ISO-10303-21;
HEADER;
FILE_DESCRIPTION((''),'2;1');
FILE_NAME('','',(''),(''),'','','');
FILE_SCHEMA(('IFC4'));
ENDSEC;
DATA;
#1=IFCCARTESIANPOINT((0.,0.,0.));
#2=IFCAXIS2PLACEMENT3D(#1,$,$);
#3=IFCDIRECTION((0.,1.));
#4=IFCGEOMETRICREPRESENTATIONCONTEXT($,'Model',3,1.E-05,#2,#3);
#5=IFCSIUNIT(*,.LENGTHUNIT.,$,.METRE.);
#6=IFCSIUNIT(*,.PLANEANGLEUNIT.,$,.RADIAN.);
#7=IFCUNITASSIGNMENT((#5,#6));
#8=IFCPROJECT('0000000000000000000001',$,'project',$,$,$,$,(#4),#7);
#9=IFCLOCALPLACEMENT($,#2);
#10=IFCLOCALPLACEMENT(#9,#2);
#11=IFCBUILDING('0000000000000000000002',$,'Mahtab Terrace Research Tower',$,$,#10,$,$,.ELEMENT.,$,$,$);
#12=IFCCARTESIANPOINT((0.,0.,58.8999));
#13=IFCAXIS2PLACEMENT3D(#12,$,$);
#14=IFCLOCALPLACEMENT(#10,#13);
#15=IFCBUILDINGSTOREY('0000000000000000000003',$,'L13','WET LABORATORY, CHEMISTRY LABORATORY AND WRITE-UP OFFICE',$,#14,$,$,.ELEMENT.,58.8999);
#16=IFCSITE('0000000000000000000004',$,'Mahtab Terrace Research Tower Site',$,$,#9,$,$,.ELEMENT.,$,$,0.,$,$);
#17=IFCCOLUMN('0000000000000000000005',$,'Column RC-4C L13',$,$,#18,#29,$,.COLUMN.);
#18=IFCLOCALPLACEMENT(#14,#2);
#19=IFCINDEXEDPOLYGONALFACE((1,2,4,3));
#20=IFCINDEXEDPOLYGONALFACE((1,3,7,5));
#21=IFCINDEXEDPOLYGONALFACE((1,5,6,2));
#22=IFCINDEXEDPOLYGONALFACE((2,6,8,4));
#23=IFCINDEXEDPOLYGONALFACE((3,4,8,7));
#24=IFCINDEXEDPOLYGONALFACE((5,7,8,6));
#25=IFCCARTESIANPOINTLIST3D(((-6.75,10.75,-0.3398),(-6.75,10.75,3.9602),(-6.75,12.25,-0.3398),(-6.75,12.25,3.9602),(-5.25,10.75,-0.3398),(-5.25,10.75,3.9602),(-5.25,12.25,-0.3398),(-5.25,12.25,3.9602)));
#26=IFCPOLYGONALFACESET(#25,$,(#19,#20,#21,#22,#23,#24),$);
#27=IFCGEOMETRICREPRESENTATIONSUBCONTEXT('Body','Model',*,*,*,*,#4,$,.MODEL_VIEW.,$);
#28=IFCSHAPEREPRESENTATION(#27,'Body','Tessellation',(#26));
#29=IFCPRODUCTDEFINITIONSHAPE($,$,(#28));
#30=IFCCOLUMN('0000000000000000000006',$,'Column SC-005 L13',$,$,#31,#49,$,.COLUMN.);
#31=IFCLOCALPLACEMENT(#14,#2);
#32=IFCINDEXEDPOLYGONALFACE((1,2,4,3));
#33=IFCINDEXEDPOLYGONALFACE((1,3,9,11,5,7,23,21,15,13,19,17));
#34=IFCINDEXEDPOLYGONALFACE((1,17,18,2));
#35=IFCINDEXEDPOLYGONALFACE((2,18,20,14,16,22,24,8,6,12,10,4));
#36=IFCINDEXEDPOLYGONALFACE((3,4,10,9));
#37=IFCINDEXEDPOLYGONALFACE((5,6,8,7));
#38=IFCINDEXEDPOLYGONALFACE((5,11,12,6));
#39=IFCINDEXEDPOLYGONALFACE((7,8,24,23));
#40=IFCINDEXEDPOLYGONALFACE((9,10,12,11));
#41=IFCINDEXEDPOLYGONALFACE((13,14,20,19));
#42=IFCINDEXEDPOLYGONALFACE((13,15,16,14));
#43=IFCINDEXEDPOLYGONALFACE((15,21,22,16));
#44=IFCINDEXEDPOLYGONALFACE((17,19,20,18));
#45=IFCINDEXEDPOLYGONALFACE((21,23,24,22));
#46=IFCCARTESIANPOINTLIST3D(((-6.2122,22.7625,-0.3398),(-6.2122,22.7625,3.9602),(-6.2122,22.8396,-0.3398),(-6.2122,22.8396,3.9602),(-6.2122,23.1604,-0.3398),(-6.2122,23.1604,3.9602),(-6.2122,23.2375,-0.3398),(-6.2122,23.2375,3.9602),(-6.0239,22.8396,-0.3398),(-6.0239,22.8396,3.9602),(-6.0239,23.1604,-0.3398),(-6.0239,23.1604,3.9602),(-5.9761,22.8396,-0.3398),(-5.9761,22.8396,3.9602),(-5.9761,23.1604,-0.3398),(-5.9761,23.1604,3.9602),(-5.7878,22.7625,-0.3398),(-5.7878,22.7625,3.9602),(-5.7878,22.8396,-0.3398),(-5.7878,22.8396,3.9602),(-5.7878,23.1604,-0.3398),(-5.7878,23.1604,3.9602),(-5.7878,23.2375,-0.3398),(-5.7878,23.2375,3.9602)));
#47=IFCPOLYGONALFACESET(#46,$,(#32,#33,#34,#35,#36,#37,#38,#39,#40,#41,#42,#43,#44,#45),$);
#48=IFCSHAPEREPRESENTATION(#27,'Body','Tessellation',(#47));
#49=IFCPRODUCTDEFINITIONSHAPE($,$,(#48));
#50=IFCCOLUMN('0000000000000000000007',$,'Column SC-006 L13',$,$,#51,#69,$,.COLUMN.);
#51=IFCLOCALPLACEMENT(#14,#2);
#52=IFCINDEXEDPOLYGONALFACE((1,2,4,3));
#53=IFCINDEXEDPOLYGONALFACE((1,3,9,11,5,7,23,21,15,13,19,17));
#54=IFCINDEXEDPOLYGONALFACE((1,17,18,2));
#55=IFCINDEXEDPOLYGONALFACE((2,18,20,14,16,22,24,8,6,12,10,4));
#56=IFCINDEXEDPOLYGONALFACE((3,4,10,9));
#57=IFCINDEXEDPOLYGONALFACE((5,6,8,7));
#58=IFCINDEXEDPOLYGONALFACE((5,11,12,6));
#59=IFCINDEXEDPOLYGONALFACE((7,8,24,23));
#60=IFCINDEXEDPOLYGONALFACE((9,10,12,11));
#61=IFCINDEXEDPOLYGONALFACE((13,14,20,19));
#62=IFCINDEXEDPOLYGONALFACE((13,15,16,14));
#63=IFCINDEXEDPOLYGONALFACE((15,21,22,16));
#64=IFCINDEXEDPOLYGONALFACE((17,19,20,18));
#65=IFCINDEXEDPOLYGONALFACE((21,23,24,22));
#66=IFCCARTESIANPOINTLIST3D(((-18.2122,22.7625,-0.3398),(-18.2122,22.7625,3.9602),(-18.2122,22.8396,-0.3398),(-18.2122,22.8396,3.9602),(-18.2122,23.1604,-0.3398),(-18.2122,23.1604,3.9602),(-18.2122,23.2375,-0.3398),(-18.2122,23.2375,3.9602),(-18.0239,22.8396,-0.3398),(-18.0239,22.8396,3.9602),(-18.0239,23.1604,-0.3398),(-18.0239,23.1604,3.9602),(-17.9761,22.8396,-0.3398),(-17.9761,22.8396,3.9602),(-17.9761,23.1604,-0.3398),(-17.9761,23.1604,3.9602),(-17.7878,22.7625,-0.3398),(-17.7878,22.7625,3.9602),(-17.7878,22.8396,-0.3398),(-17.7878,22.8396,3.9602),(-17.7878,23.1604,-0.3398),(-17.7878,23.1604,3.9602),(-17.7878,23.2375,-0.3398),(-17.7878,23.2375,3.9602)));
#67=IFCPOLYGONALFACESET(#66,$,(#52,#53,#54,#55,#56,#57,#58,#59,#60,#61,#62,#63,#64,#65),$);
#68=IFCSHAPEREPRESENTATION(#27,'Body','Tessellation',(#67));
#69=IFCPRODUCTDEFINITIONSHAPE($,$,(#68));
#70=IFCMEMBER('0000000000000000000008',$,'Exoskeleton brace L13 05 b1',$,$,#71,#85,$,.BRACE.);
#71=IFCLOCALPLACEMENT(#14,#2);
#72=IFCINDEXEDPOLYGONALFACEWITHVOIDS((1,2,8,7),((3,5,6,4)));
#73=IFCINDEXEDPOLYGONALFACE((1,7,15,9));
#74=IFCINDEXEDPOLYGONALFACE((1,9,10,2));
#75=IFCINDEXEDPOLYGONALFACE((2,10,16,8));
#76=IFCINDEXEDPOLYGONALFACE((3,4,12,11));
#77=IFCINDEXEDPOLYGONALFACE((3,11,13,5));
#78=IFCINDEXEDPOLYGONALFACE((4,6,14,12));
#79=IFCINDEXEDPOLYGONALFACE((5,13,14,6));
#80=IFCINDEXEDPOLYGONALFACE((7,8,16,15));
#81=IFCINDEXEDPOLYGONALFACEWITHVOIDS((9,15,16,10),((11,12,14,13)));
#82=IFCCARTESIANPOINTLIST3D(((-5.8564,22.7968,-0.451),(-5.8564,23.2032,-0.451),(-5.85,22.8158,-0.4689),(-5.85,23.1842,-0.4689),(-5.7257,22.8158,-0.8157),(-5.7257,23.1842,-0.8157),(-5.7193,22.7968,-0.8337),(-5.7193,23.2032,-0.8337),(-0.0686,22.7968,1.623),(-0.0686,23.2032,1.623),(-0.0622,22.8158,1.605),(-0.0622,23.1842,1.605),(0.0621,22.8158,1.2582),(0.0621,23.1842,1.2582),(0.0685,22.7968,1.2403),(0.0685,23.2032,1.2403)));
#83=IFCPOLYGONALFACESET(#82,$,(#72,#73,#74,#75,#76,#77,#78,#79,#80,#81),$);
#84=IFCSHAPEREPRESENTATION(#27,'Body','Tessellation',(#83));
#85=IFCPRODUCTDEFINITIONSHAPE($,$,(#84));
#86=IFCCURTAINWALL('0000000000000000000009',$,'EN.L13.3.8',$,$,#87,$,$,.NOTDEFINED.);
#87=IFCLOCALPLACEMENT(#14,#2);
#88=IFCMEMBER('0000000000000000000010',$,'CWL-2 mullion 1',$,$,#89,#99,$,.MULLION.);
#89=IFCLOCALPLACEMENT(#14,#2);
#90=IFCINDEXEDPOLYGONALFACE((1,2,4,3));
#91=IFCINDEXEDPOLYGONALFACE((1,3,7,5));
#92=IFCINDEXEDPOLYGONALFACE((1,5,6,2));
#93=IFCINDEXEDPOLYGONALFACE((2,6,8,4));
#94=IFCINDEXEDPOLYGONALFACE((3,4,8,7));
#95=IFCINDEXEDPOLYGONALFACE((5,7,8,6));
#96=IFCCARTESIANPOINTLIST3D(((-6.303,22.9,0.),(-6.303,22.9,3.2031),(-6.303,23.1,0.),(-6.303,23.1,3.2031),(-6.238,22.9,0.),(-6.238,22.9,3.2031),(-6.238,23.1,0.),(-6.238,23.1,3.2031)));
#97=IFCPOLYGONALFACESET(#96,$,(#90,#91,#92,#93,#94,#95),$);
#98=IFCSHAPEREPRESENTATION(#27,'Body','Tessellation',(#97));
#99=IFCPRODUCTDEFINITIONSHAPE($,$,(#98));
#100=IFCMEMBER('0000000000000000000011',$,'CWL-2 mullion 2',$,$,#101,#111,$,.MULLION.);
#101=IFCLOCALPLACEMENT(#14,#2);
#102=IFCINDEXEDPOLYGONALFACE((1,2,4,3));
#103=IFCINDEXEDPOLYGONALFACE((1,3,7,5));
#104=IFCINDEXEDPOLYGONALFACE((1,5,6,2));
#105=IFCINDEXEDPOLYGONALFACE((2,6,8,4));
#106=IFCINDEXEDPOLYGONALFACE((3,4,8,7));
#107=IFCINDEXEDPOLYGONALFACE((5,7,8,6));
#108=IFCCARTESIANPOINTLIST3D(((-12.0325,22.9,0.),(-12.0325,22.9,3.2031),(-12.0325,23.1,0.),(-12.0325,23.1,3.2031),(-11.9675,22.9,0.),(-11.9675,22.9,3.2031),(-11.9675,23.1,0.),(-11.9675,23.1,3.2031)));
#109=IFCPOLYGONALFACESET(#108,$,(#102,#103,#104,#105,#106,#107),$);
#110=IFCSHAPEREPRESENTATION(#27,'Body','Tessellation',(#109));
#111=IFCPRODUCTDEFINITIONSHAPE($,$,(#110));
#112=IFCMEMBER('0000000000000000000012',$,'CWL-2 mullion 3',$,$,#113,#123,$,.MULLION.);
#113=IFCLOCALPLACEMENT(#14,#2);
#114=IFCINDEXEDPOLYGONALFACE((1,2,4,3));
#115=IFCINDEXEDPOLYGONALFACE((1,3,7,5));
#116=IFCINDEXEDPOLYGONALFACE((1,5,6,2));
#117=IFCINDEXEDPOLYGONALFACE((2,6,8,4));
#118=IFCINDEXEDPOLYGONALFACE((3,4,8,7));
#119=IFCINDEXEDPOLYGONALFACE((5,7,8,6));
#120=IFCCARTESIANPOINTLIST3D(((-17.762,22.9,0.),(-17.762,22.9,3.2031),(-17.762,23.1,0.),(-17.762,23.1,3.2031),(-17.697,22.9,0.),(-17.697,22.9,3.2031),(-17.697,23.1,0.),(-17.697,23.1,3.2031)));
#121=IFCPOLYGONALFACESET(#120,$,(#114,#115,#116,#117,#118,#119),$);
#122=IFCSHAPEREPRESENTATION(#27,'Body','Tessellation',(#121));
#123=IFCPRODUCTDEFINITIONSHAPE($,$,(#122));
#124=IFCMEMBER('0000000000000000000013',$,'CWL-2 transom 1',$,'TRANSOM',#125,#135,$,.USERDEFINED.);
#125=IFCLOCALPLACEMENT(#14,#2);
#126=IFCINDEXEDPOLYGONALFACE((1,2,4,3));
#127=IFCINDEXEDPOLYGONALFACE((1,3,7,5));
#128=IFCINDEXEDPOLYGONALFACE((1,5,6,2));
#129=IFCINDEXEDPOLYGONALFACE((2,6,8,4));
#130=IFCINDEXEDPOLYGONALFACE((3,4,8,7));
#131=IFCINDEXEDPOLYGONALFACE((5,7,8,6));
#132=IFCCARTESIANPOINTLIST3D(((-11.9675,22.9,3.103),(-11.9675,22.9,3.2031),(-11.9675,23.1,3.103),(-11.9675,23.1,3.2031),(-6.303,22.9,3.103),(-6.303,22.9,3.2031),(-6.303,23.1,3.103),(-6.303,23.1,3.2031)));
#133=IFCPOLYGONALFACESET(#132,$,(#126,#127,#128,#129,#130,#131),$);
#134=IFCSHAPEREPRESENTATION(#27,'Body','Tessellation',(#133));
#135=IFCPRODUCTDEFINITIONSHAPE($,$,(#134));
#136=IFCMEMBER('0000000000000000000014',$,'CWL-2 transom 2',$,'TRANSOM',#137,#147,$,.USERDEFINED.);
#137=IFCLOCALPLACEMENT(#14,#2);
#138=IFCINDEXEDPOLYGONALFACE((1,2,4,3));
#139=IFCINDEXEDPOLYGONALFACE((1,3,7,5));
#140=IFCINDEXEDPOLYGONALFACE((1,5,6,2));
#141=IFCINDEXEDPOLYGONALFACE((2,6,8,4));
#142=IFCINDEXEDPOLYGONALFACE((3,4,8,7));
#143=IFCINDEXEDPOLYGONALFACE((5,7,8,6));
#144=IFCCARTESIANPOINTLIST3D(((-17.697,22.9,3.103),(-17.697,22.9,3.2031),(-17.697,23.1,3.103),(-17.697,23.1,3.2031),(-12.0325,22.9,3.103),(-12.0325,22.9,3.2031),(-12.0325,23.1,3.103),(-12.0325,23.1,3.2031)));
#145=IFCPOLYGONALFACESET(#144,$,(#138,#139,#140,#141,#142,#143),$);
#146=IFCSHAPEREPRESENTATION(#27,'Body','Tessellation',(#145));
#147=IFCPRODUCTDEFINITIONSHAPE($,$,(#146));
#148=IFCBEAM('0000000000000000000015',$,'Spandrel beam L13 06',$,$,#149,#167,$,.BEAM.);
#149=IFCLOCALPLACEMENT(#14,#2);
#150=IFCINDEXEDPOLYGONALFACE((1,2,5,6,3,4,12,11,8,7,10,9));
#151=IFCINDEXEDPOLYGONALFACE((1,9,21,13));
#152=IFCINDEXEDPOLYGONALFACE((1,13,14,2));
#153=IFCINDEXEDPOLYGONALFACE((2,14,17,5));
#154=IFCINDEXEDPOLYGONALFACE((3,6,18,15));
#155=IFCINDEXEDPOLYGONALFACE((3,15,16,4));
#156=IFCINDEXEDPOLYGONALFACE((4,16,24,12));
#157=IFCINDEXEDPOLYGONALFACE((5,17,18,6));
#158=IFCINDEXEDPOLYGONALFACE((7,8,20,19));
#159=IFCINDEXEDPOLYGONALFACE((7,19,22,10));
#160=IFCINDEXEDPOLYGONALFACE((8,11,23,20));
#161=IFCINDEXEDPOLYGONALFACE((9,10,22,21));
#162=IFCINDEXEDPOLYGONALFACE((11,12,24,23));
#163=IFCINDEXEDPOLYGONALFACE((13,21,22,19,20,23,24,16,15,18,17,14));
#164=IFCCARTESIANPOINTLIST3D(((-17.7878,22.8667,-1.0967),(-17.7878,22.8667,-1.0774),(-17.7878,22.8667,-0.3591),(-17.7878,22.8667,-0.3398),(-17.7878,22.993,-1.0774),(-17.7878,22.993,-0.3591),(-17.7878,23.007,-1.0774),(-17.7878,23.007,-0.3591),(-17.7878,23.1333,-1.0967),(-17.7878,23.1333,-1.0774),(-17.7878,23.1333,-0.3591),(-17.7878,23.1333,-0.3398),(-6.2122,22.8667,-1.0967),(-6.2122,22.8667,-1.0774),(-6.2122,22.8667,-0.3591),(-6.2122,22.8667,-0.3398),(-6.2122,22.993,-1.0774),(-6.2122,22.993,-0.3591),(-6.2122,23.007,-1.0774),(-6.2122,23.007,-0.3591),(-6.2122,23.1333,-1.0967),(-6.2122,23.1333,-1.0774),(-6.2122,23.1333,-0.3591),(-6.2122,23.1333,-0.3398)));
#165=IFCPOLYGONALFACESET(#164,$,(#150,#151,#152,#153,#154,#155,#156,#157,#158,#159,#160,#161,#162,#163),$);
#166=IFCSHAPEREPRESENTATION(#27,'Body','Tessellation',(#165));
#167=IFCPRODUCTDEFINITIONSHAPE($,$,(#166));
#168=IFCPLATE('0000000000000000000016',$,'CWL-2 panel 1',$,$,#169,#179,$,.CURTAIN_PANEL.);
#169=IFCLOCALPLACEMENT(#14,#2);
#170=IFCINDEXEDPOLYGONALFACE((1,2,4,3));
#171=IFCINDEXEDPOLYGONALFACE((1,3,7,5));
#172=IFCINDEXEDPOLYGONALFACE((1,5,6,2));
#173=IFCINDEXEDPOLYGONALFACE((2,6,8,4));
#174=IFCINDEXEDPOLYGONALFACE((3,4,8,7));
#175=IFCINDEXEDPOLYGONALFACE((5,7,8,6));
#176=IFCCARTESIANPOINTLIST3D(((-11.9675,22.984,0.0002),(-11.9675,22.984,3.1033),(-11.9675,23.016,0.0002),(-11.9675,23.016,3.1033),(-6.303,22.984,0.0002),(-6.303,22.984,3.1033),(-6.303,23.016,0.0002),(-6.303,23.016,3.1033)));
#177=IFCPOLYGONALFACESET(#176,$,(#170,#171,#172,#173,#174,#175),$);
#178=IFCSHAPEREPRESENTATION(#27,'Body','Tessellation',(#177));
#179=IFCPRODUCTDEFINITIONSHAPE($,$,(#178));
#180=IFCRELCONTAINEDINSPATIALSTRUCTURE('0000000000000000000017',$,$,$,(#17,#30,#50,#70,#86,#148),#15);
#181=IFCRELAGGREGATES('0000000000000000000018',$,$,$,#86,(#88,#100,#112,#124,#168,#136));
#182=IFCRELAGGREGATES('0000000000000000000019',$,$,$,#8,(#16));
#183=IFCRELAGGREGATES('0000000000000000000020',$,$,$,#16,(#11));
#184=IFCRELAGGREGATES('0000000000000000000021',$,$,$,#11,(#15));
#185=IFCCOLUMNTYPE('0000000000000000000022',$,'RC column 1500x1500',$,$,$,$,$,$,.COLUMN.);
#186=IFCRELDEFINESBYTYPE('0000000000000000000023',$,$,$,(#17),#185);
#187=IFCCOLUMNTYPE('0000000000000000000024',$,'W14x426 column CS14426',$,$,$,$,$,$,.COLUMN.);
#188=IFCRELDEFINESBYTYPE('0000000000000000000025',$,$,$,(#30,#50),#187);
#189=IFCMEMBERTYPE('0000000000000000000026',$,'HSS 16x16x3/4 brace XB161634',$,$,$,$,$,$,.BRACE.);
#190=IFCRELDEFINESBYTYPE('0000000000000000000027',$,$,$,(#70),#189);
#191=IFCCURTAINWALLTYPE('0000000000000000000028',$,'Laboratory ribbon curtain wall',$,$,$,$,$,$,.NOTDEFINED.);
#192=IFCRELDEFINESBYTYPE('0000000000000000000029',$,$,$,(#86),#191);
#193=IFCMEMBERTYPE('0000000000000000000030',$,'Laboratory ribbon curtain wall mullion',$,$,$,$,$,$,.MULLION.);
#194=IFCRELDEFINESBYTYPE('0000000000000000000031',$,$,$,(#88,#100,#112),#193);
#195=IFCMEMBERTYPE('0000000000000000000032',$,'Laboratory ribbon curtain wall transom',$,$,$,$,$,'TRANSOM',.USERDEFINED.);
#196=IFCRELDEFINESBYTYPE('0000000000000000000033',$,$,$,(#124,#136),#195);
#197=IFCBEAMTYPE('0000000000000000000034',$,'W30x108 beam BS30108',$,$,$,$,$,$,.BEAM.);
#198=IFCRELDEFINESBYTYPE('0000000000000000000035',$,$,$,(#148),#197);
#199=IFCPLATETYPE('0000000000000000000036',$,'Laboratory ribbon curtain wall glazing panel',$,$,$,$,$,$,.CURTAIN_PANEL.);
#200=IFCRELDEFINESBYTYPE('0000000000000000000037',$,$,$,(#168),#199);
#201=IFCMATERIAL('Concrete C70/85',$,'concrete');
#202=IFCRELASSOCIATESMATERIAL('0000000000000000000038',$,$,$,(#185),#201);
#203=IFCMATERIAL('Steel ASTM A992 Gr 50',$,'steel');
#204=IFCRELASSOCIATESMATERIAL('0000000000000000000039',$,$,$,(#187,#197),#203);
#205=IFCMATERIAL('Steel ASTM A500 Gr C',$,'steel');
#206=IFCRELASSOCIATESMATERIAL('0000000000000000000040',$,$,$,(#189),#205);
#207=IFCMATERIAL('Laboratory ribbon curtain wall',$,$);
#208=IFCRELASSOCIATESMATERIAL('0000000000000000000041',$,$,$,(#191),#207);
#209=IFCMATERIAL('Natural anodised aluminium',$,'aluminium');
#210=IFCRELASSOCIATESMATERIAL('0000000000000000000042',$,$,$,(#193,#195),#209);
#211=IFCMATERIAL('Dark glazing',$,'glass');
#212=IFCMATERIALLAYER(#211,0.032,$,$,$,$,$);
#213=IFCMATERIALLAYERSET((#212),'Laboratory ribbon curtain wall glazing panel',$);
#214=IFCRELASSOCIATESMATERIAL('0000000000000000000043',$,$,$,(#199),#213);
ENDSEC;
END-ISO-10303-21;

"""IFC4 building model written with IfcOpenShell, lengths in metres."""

from ifc_helpers import new_model, si_unit, direction, frame, origin, origin_2d, place, context, subcontext, project, spatial, rectangle, hollow_rectangle, i_section, extrude, material, layer, layer_set, material_profile, profile_set, type_object, element, aggregate, save


model = new_model("IFC4")

# Units and contexts
model_context = context("Model", 3, precision=1e-05, world=origin(), true_north=direction((0.0, 1.0)))
body_context = subcontext(model_context, "Body", "Model", "MODEL_VIEW")
ifc_project = project(units=[si_unit("LENGTHUNIT", "METRE"), si_unit("PLANEANGLEUNIT", "RADIAN")], contexts=[model_context])

# Site, building, storey
site_placement = place(None, origin())
site = spatial("IfcSite", under=ifc_project, at=site_placement, Name="Mahtab Terrace Research Tower Site", CompositionType="ELEMENT", RefElevation=0.0)
building_placement = place(site_placement, origin())
building = spatial("IfcBuilding", under=site, at=building_placement, Name="Mahtab Terrace Research Tower", CompositionType="ELEMENT")
storey_placement = place(building_placement, frame((0.0, 0.0, 58.8999)))
storey = spatial("IfcBuildingStorey", under=building, at=storey_placement, Name="L13", Description="WET LABORATORY, CHEMISTRY LABORATORY AND WRITE-UP OFFICE", CompositionType="ELEMENT", Elevation=58.8999)

# Columns
ifc_material_1 = material(Name="Concrete C70/85", Category="concrete")
ifc_material_profile_1 = material_profile(ifc_material_1, rectangle(XDim=1.5, YDim=1.5, at=origin_2d()), Name="RC column 1500x1500")
ifc_profile_set_1 = profile_set([ifc_material_profile_1], Name="Concrete C70/85")
column_type_1 = type_object("IfcColumnType", Name="RC column 1500x1500", PredefinedType="COLUMN", material=ifc_profile_set_1)
column_placement = place(storey_placement, frame((-6.0, 11.5, -0.3398), z_axis=(0.0, 0.0, 1.0), x_axis=(1.0, 0.0, 0.0)))
element("IfcColumn", 1, at=column_placement, inside=storey, type_object=column_type_1, Name="Column RC-4C L13", PredefinedType="COLUMN", context=body_context, shape_type="SweptSolid", body=[
    extrude(rectangle(XDim=1.5, YDim=1.5, at=origin_2d()), origin(), (0.0, 0.0, 1.0), 4.3),
])
ifc_material_2 = material(Name="Steel ASTM A992 Gr 50", Category="steel")
ifc_material_profile_2 = material_profile(ifc_material_2, i_section(OverallWidth=0.4243, OverallDepth=0.4751, WebThickness=0.0479, FlangeThickness=0.0771, at=origin_2d()), Name="W14X426")
ifc_profile_set_2 = profile_set([ifc_material_profile_2], Name="Steel ASTM A992 Gr 50")
column_type_2 = type_object("IfcColumnType", Name="W14x426 column CS14426", PredefinedType="COLUMN", material=ifc_profile_set_2)
for number, where, z_axis, x_axis, name in (
    (2, (-6.0, 23.0, -0.3398), (0.0, 0.0, 1.0), (1.0, 0.0, 0.0), "Column SC-005 L13"),
    (3, (-18.0, 23.0, -0.3398), (0.0, 0.0, 1.0), (1.0, 0.0, 0.0), "Column SC-006 L13"),
):
    element("IfcColumn", number, at=place(storey_placement, frame(where, z_axis=z_axis, x_axis=x_axis)), inside=storey, type_object=column_type_2, Name=name, PredefinedType="COLUMN", context=body_context, shape_type="SweptSolid", body=[
        extrude(i_section(OverallWidth=0.4243, OverallDepth=0.4751, WebThickness=0.0479, FlangeThickness=0.0771, at=origin_2d()), origin(), (0.0, 0.0, 1.0), 4.3),
    ])

# Member
ifc_material_3 = material(Name="Steel ASTM A500 Gr C", Category="steel")
ifc_material_profile_3 = material_profile(ifc_material_3, hollow_rectangle(XDim=0.4065, YDim=0.4065, WallThickness=0.019, at=origin_2d()), Name="HSS16X16X3/4")
ifc_profile_set_3 = profile_set([ifc_material_profile_3], Name="Steel ASTM A500 Gr C")
member_type_1 = type_object("IfcMemberType", Name="HSS 16x16x3/4 brace XB161634", PredefinedType="BRACE", material=ifc_profile_set_3)
member_1_placement = place(storey_placement, frame((-5.7878, 23.0, -0.6423), z_axis=(0.941387, 0.0, 0.33733), x_axis=(0.0, 1.0, 0.0)))
element("IfcMember", 4, at=member_1_placement, inside=storey, type_object=member_type_1, Name="Exoskeleton brace L13 05 b1", PredefinedType="BRACE", context=body_context, shape_type="SweptSolid", body=[
    extrude(hollow_rectangle(XDim=0.4065, YDim=0.4065, WallThickness=0.019, at=origin_2d()), origin(), (0.0, 0.0, 1.0), 6.1482),
])

# Curtain wall, members
ifc_material_4 = material(Name="Laboratory ribbon curtain wall")
curtain_wall_type = type_object("IfcCurtainWallType", Name="Laboratory ribbon curtain wall", PredefinedType="NOTDEFINED", material=ifc_material_4)
curtain_wall_placement = place(storey_placement, origin())
curtain_wall = element("IfcCurtainWall", 5, at=curtain_wall_placement, inside=storey, type_object=curtain_wall_type, Name="EN.L13.3.8", PredefinedType="NOTDEFINED")
ifc_material_5 = material(Name="Natural anodised aluminium", Category="aluminium")
ifc_material_profile_4 = material_profile(ifc_material_5, rectangle(XDim=0.2, YDim=0.0649, at=origin_2d()), Name="MULLION 65x200")
ifc_profile_set_4 = profile_set([ifc_material_profile_4], Name="Natural anodised aluminium")
member_type_2 = type_object("IfcMemberType", Name="Laboratory ribbon curtain wall mullion", PredefinedType="MULLION", material=ifc_profile_set_4)
member_2_placement = place(storey_placement, frame((-6.2705, 23.0, 0.0), z_axis=(0.0, 0.0, 1.0), x_axis=(0.0, -1.0, 0.0)))
member_2 = element("IfcMember", 6, at=member_2_placement, type_object=member_type_2, Name="CWL-2 mullion 1", PredefinedType="MULLION", context=body_context, shape_type="SweptSolid", body=[
    extrude(rectangle(XDim=0.2, YDim=0.0649, at=origin_2d()), origin(), (0.0, 0.0, 1.0), 3.2031),
])
member_3_placement = place(storey_placement, frame((-12.0, 23.0, 0.0), z_axis=(0.0, 0.0, 1.0), x_axis=(0.0, -1.0, 0.0)))
member_3 = element("IfcMember", 7, at=member_3_placement, type_object=member_type_2, Name="CWL-2 mullion 2", PredefinedType="MULLION", context=body_context, shape_type="SweptSolid", body=[
    extrude(rectangle(XDim=0.2, YDim=0.0649, at=origin_2d()), origin(), (0.0, 0.0, 1.0), 3.2031),
])
member_4_placement = place(storey_placement, frame((-17.7295, 23.0, 0.0), z_axis=(0.0, 0.0, 1.0), x_axis=(0.0, -1.0, 0.0)))
member_4 = element("IfcMember", 8, at=member_4_placement, type_object=member_type_2, Name="CWL-2 mullion 3", PredefinedType="MULLION", context=body_context, shape_type="SweptSolid", body=[
    extrude(rectangle(XDim=0.2, YDim=0.0649, at=origin_2d()), origin(), (0.0, 0.0, 1.0), 3.2031),
])
ifc_material_profile_5 = material_profile(ifc_material_5, rectangle(XDim=0.2, YDim=0.1001, at=origin_2d()), Name="TRANSOM 100x200")
ifc_profile_set_5 = profile_set([ifc_material_profile_5], Name="Natural anodised aluminium")
member_type_3 = type_object("IfcMemberType", Name="Laboratory ribbon curtain wall transom", ElementType="TRANSOM", PredefinedType="USERDEFINED", material=ifc_profile_set_5)
member_5_placement = place(storey_placement, frame((-6.303, 23.0, 3.1531), z_axis=(-1.0, 0.0, 0.0), x_axis=(0.0, -1.0, 0.0)))
member_5 = element("IfcMember", 9, at=member_5_placement, type_object=member_type_3, Name="CWL-2 transom 1", ObjectType="TRANSOM", PredefinedType="USERDEFINED", context=body_context, shape_type="SweptSolid", body=[
    extrude(rectangle(XDim=0.2, YDim=0.1001, at=origin_2d()), origin(), (0.0, 0.0, 1.0), 5.6646),
])
member_6_placement = place(storey_placement, frame((-12.0325, 23.0, 3.1531), z_axis=(-1.0, 0.0, 0.0), x_axis=(0.0, -1.0, 0.0)))
member_6 = element("IfcMember", 10, at=member_6_placement, type_object=member_type_3, Name="CWL-2 transom 2", ObjectType="TRANSOM", PredefinedType="USERDEFINED", context=body_context, shape_type="SweptSolid", body=[
    extrude(rectangle(XDim=0.2, YDim=0.1001, at=origin_2d()), origin(), (0.0, 0.0, 1.0), 5.6646),
])

# Beam
ifc_material_profile_6 = material_profile(ifc_material_2, i_section(OverallWidth=0.2666, OverallDepth=0.7568, WebThickness=0.0139, FlangeThickness=0.0193, at=origin_2d()), Name="W30X108")
ifc_profile_set_6 = profile_set([ifc_material_profile_6], Name="Steel ASTM A992 Gr 50")
beam_type = type_object("IfcBeamType", Name="W30x108 beam BS30108", PredefinedType="BEAM", material=ifc_profile_set_6)
beam_placement = place(storey_placement, frame((-6.2122, 23.0, -0.7183), z_axis=(-1.0, 0.0, 0.0), x_axis=(0.0, -1.0, 0.0)))
element("IfcBeam", 11, at=beam_placement, inside=storey, type_object=beam_type, Name="Spandrel beam L13 06", PredefinedType="BEAM", context=body_context, shape_type="SweptSolid", body=[
    extrude(i_section(OverallWidth=0.2666, OverallDepth=0.7568, WebThickness=0.0139, FlangeThickness=0.0193, at=origin_2d()), origin(), (0.0, 0.0, 1.0), 11.5757),
])

# Plate
ifc_material_6 = material(Name="Dark glazing", Category="glass")
ifc_layer_1 = layer(ifc_material_6, 0.032)
ifc_layer_set_1 = layer_set([ifc_layer_1], Name="Laboratory ribbon curtain wall glazing panel")
plate_type = type_object("IfcPlateType", Name="Laboratory ribbon curtain wall glazing panel", PredefinedType="CURTAIN_PANEL", material=ifc_layer_set_1)
plate_1_placement = place(storey_placement, frame((-9.1353, 23.0, 0.0002), z_axis=(0.0, 0.0, 1.0), x_axis=(-1.0, 0.0, 0.0)))
plate_1 = element("IfcPlate", 12, at=plate_1_placement, type_object=plate_type, Name="CWL-2 panel 1", PredefinedType="CURTAIN_PANEL", context=body_context, shape_type="SweptSolid", body=[
    extrude(rectangle(XDim=5.6646, YDim=0.032, at=origin_2d()), origin(), (0.0, 0.0, 1.0), 3.103),
])
aggregate(curtain_wall, [member_2, member_3, member_4, member_5, plate_1, member_6])

save(model, "model.ifc")
